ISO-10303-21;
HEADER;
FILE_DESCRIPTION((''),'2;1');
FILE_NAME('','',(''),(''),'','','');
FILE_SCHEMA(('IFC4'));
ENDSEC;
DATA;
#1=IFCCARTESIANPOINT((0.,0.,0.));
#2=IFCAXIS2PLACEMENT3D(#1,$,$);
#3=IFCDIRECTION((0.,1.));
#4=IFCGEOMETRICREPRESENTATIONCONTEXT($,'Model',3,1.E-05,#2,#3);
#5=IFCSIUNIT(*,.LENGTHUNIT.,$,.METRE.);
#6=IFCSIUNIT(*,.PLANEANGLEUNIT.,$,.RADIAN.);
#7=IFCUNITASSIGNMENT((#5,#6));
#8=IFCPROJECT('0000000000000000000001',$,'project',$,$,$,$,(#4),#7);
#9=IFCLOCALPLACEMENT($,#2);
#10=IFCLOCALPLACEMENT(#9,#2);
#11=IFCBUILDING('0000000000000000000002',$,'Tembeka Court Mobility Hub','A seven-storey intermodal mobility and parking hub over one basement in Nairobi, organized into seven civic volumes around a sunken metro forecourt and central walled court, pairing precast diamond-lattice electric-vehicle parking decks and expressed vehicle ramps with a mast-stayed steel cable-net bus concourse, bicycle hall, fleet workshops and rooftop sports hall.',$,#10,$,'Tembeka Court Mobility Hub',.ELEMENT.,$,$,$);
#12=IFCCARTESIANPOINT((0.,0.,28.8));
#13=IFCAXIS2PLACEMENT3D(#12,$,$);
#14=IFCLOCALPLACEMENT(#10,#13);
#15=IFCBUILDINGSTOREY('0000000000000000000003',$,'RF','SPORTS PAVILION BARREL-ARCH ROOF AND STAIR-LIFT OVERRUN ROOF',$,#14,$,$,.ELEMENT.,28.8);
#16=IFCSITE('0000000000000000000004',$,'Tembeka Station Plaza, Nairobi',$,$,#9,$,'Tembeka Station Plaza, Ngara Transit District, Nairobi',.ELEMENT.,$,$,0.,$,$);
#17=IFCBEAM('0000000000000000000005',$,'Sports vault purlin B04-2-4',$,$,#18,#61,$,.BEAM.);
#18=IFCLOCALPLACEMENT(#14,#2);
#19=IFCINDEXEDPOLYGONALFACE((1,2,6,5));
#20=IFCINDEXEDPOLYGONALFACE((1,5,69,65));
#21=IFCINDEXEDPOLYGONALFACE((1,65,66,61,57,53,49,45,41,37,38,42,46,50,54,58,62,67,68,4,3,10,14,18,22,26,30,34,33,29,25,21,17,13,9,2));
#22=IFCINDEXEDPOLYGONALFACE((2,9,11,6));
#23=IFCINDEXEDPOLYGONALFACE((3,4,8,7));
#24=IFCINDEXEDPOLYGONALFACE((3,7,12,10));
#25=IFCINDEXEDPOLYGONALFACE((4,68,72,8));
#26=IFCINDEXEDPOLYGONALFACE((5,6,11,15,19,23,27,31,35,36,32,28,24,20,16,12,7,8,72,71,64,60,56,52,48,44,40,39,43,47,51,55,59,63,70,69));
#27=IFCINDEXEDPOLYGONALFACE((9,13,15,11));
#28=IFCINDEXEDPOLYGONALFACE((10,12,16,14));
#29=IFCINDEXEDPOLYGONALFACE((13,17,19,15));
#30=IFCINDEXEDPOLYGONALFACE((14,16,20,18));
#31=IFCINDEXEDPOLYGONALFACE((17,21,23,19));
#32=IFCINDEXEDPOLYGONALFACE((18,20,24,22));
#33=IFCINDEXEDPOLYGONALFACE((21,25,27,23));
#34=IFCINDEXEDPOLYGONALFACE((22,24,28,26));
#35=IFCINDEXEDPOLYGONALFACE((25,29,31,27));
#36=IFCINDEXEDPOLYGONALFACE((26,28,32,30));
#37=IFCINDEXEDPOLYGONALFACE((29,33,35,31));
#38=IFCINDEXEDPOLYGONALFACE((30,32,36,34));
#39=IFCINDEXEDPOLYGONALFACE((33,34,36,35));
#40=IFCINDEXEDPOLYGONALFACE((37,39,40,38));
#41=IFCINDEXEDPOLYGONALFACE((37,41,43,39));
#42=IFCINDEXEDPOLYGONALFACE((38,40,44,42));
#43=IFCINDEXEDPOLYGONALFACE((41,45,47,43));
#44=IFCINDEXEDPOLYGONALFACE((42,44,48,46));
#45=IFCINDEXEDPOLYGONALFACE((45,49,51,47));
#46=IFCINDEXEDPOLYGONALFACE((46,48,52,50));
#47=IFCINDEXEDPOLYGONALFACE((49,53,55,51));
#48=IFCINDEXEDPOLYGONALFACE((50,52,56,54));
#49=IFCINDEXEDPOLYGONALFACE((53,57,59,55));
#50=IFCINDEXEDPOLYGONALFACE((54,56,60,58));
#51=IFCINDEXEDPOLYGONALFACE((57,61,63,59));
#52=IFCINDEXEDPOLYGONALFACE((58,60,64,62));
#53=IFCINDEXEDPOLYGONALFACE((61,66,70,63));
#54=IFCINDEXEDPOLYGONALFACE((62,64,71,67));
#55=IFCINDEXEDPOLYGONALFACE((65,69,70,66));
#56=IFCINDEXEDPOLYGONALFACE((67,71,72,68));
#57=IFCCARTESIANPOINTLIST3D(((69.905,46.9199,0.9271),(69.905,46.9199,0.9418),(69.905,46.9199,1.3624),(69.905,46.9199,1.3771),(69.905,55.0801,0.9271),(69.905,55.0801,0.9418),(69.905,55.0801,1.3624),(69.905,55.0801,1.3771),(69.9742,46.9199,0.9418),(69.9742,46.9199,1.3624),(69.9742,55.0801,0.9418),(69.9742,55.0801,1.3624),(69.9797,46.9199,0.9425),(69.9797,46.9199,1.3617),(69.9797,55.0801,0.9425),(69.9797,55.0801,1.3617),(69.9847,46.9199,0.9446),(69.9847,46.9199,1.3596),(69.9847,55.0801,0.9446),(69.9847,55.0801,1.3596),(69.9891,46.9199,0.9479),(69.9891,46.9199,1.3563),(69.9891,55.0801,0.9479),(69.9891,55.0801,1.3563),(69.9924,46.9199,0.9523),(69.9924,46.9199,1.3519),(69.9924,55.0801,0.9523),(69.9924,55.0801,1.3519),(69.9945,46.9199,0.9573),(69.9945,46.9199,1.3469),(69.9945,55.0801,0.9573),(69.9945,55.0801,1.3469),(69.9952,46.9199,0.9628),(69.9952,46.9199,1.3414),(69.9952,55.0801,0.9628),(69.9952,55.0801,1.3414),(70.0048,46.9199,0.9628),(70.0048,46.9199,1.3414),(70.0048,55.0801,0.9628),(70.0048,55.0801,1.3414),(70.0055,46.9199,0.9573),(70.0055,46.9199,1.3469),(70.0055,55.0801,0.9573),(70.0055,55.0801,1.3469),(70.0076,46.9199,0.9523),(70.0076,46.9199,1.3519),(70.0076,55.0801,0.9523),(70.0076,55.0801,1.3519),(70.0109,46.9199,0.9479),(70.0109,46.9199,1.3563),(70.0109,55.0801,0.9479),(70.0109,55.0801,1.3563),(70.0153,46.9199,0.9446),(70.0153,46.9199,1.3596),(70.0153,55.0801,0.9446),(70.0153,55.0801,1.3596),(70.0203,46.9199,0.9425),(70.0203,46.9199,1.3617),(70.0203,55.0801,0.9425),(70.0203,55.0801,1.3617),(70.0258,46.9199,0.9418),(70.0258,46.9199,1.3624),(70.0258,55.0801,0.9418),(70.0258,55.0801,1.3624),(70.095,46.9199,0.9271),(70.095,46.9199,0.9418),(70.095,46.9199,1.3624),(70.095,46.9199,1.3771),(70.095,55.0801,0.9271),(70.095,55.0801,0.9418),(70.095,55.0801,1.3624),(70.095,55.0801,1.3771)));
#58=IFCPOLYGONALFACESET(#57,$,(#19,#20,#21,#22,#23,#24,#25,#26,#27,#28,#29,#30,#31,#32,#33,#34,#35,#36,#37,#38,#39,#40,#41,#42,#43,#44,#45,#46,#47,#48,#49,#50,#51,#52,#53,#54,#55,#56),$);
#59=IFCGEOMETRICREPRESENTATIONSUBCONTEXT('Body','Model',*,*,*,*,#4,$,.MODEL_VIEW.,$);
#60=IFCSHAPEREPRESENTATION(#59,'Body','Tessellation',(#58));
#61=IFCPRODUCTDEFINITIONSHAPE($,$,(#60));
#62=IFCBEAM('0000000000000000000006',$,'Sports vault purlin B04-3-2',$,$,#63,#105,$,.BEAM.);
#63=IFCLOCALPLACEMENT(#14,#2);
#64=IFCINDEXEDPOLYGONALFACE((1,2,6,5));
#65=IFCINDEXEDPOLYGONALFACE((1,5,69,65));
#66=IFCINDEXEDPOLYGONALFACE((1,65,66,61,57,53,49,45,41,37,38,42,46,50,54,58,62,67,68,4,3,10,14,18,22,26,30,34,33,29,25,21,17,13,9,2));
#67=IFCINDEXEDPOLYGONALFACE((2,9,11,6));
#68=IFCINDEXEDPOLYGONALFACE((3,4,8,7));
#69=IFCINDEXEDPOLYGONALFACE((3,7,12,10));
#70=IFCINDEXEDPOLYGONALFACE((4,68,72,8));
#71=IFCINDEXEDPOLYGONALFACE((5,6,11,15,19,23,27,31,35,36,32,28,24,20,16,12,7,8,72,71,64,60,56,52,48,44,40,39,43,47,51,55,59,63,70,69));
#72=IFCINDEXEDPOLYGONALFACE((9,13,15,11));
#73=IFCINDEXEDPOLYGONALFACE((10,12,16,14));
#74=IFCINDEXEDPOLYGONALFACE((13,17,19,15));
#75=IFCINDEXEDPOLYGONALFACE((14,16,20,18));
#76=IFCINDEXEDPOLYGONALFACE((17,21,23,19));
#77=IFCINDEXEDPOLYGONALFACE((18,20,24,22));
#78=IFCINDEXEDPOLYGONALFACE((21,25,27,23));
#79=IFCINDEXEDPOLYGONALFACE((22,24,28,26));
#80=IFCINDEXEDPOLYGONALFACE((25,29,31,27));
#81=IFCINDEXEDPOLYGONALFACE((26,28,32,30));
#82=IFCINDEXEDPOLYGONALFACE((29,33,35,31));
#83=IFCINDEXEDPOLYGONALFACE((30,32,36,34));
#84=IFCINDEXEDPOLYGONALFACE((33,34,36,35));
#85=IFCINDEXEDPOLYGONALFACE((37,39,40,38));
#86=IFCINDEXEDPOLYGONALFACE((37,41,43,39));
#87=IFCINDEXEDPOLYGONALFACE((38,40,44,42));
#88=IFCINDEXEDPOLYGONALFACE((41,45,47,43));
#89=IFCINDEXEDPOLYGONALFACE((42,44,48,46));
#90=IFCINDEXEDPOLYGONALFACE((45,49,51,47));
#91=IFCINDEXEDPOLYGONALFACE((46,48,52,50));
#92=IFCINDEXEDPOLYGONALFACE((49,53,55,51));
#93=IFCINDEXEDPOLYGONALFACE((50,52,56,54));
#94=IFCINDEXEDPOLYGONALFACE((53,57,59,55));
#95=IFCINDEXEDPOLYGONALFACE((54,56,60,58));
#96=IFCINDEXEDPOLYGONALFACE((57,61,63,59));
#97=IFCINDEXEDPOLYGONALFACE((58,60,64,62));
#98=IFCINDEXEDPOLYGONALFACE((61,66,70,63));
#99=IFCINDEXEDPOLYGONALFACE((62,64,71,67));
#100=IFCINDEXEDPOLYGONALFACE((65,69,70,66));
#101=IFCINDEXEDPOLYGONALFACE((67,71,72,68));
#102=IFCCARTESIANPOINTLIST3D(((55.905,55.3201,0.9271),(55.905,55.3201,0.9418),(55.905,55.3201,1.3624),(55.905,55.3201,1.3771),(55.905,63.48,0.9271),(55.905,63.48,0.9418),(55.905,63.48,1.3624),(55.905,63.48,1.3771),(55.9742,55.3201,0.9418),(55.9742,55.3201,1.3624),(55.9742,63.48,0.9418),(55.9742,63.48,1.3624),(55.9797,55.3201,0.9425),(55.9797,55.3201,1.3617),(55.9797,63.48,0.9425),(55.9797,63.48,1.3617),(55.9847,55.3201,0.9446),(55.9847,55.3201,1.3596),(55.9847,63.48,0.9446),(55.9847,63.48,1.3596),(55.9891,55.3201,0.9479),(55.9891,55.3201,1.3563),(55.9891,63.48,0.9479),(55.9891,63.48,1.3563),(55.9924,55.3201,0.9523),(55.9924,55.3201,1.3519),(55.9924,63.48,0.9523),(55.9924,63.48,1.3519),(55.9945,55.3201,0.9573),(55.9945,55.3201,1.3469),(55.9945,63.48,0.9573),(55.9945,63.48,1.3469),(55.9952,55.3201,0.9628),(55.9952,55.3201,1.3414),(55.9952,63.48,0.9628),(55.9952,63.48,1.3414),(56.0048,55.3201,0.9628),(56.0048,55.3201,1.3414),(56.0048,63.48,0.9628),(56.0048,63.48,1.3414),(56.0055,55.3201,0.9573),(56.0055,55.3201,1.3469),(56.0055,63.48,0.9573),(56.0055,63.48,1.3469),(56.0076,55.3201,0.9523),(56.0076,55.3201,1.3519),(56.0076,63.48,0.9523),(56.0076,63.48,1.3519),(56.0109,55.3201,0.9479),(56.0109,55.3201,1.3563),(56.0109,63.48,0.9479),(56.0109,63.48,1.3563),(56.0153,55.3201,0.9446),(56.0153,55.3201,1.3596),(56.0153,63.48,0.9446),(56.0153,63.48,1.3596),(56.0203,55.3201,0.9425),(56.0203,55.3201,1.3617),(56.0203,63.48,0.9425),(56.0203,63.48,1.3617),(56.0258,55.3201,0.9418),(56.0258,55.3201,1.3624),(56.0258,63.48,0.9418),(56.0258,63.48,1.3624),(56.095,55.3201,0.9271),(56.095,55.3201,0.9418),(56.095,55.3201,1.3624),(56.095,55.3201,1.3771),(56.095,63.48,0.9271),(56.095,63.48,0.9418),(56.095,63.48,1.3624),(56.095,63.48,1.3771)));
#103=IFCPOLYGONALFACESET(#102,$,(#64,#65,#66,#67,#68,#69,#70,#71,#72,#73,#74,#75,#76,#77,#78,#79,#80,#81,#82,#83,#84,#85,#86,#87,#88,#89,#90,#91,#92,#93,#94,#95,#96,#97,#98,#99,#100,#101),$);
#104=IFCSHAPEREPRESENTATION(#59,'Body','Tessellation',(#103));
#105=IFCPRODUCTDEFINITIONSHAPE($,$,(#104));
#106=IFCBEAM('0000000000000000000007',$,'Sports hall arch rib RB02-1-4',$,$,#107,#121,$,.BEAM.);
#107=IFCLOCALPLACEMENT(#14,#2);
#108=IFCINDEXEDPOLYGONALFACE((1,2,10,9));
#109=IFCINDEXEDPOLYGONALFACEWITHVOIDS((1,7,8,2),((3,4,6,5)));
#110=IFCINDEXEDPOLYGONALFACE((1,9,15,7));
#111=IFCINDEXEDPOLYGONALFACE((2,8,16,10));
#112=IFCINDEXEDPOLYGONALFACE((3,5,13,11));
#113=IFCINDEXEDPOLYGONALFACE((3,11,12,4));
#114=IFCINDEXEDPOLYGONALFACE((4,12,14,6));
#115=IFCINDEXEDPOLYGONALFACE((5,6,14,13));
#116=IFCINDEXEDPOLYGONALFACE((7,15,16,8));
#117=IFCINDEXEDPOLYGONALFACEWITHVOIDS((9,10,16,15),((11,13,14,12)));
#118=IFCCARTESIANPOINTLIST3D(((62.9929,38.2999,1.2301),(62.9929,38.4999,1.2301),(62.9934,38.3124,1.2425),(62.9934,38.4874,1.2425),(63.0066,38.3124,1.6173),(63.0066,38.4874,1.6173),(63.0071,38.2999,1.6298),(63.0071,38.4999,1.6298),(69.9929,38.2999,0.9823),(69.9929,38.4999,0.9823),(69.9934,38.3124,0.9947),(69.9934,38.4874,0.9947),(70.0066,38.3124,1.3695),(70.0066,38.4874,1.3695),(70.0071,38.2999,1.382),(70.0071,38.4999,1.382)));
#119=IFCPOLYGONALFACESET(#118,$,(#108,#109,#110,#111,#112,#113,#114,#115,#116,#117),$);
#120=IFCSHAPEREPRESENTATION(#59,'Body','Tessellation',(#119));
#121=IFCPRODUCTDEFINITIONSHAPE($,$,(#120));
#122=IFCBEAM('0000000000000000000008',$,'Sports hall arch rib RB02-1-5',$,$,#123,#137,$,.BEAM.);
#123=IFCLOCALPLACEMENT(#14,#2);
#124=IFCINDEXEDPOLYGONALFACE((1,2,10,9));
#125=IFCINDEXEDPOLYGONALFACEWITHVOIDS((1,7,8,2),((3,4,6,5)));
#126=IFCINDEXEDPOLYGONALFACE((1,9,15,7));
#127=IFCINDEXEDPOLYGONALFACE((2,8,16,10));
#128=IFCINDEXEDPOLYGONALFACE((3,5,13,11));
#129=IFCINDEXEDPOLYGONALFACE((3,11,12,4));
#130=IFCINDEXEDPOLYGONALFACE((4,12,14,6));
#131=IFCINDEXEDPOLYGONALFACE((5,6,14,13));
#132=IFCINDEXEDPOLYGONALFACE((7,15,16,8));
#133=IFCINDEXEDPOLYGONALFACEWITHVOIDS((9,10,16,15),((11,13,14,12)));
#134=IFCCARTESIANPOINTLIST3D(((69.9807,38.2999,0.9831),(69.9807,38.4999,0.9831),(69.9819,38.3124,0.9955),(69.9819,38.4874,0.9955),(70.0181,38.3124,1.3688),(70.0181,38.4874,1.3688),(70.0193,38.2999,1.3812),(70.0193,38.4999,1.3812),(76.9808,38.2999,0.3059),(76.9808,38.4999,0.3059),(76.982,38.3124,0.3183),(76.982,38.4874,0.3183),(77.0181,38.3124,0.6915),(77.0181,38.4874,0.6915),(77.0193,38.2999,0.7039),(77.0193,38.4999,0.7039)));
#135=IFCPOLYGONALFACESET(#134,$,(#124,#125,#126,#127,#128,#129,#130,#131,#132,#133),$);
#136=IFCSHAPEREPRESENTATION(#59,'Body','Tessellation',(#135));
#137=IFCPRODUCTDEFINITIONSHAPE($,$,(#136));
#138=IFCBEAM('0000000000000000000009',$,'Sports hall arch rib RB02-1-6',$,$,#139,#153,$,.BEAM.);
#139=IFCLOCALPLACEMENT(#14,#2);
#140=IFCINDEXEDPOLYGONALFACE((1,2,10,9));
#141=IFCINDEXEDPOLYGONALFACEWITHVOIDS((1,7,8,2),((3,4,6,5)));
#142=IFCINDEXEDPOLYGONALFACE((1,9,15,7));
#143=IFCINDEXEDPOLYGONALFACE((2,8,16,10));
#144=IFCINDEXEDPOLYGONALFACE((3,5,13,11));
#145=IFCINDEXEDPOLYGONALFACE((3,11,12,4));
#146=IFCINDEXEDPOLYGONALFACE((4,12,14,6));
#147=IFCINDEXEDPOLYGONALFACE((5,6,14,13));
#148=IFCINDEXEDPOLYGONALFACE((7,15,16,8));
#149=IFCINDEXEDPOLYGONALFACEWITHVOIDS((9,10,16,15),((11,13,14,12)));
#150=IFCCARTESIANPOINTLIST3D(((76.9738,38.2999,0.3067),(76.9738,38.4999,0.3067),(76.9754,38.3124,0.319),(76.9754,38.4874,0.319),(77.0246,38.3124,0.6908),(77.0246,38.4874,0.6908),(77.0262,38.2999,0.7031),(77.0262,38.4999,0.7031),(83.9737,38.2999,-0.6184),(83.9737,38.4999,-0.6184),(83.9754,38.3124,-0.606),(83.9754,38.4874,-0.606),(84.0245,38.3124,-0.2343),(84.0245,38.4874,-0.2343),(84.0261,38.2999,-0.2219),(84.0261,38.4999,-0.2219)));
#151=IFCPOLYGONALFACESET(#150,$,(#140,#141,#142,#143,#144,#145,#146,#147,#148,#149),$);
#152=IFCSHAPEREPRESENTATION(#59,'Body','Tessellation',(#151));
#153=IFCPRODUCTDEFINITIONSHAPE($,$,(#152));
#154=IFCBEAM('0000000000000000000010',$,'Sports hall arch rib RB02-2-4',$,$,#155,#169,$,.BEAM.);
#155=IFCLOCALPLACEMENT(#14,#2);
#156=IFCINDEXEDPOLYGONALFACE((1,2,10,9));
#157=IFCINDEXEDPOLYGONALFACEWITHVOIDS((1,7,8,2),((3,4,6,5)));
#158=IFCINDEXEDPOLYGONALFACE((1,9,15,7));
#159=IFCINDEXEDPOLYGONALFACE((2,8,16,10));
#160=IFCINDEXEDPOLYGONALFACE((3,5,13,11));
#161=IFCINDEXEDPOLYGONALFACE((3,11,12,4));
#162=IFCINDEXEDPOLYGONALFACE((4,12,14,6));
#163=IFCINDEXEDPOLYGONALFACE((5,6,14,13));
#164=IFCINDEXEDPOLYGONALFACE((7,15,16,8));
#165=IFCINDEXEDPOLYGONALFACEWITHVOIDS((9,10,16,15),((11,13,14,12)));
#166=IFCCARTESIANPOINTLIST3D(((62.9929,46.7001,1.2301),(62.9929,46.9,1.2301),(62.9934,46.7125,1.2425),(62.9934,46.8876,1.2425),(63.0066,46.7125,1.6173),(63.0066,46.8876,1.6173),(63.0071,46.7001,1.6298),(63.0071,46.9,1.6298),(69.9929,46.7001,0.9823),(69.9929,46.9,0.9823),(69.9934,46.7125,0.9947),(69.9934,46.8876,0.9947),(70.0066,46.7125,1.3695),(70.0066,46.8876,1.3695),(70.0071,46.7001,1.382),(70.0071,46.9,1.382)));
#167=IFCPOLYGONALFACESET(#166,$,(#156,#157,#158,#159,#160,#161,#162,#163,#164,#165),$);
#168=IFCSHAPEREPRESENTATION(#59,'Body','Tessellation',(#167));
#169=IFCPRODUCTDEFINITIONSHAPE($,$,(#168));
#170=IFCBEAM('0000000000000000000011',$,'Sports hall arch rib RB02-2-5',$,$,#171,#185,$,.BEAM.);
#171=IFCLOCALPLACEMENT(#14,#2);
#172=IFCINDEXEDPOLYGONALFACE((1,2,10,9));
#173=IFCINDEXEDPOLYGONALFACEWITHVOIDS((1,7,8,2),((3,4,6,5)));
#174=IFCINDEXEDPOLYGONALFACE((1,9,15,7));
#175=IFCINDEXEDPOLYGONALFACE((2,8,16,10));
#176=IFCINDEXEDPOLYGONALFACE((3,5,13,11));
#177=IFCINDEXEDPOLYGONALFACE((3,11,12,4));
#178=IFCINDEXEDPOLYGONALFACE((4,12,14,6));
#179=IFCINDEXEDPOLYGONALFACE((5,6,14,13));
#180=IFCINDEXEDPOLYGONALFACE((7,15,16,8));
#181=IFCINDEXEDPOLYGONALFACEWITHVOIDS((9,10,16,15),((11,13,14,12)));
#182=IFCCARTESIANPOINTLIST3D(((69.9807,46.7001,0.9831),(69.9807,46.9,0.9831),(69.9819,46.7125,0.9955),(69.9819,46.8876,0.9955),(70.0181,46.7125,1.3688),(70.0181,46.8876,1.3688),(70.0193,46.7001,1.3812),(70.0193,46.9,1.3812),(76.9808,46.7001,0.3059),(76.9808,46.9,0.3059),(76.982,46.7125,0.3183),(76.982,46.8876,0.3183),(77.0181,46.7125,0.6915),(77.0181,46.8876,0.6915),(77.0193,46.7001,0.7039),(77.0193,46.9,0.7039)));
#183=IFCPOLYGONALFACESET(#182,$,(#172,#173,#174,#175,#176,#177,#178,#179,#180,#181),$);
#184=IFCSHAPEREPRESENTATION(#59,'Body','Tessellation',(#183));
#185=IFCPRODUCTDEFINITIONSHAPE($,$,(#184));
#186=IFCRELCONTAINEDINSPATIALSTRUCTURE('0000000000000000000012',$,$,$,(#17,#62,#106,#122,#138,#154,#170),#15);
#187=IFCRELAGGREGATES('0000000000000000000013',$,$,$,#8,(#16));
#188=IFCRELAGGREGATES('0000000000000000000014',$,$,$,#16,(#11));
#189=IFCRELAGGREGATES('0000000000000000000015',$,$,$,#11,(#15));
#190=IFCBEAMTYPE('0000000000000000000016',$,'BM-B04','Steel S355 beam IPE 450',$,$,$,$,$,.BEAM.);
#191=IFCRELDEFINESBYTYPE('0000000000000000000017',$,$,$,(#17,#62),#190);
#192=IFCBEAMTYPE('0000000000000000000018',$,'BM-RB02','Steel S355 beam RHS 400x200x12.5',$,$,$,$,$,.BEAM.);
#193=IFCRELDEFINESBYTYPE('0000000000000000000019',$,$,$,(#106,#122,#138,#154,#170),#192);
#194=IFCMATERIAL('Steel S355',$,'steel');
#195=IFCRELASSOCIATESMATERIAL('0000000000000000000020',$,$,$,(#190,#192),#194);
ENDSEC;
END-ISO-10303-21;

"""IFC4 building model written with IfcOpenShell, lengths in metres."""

from ifc_helpers import new_model, si_unit, direction, frame, origin, origin_2d, place, context, subcontext, project, spatial, hollow_rectangle, i_section, extrude, material, material_profile, profile_set, type_object, element, save


model = new_model("IFC4")

# Units and contexts
model_context = context("Model", 3, precision=1e-05, world=origin(), true_north=direction((0.0, 1.0)))
body_context = subcontext(model_context, "Body", "Model", "MODEL_VIEW")
ifc_project = project(units=[si_unit("LENGTHUNIT", "METRE"), si_unit("PLANEANGLEUNIT", "RADIAN")], contexts=[model_context])

# Site, building, storey
site_placement = place(None, origin())
site = spatial("IfcSite", under=ifc_project, at=site_placement, Name="Tembeka Station Plaza, Nairobi", LongName="Tembeka Station Plaza, Ngara Transit District, Nairobi", CompositionType="ELEMENT", RefElevation=0.0)
building_placement = place(site_placement, origin())
building = spatial("IfcBuilding", under=site, at=building_placement, Name="Tembeka Court Mobility Hub", Description="A seven-storey intermodal mobility and parking hub over one basement in Nairobi, organized into seven civic volumes around a sunken metro forecourt and central walled court, pairing precast diamond-lattice electric-vehicle parking decks and expressed vehicle ramps with a mast-stayed steel cable-net bus concourse, bicycle hall, fleet workshops and rooftop sports hall.", LongName="Tembeka Court Mobility Hub", CompositionType="ELEMENT")
storey_placement = place(building_placement, frame((0.0, 0.0, 28.8)))
storey = spatial("IfcBuildingStorey", under=building, at=storey_placement, Name="RF", Description="SPORTS PAVILION BARREL-ARCH ROOF AND STAIR-LIFT OVERRUN ROOF", CompositionType="ELEMENT", Elevation=28.8)

# Beams
ifc_material_1 = material(Name="Steel S355", Category="steel")
ifc_material_profile_1 = material_profile(ifc_material_1, i_section(OverallWidth=0.1899, OverallDepth=0.45, WebThickness=0.0095, FlangeThickness=0.0146, FilletRadius=0.021, at=origin_2d()), Name="IPE 450")
ifc_profile_set_1 = profile_set([ifc_material_profile_1], Name="Steel S355")
beam_type_1 = type_object("IfcBeamType", Name="BM-B04", Description="Steel S355 beam IPE 450", PredefinedType="BEAM", material=ifc_profile_set_1)
for number, where, z_axis, x_axis, name in (
    (1, (70.0, 46.9199, 1.1521), (0.0, 1.0, 0.0), (-1.0, 0.0, 0.0), "Sports vault purlin B04-2-4"),
):
    element("IfcBeam", number, at=place(storey_placement, frame(where, z_axis=z_axis, x_axis=x_axis)), inside=storey, type_object=beam_type_1, Name=name, PredefinedType="BEAM", context=body_context, shape_type="SweptSolid", body=[
        extrude(i_section(OverallWidth=0.1899, OverallDepth=0.45, WebThickness=0.0095, FlangeThickness=0.0146, FilletRadius=0.021, at=origin_2d()), origin(), (0.0, 0.0, 1.0), 8.1602),
    ])
beam_1_placement = place(storey_placement, frame((56.0, 55.3201, 1.1521), z_axis=(0.0, 1.0, 0.0), x_axis=(-1.0, 0.0, 0.0)))
element("IfcBeam", 2, at=beam_1_placement, inside=storey, type_object=beam_type_1, Name="Sports vault purlin B04-3-2", PredefinedType="BEAM", context=body_context, shape_type="SweptSolid", body=[
    extrude(i_section(OverallWidth=0.1899, OverallDepth=0.45, WebThickness=0.0095, FlangeThickness=0.0146, FilletRadius=0.021, at=origin_2d()), origin(), (0.0, 0.0, 1.0), 8.1599),
])
ifc_material_profile_2 = material_profile(ifc_material_1, hollow_rectangle(XDim=0.2, YDim=0.3999, WallThickness=0.0125, at=origin_2d()), Name="RHS 400x200x12.5")
ifc_profile_set_2 = profile_set([ifc_material_profile_2], Name="Steel S355")
beam_type_2 = type_object("IfcBeamType", Name="BM-RB02", Description="Steel S355 beam RHS 400x200x12.5", PredefinedType="BEAM", material=ifc_profile_set_2)
beam_2_placement = place(storey_placement, frame((63.0, 38.3999, 1.4299), z_axis=(0.999374, 0.0, -0.035378), x_axis=(0.0, 1.0, 0.0)))
element("IfcBeam", 3, at=beam_2_placement, inside=storey, type_object=beam_type_2, Name="Sports hall arch rib RB02-1-4", PredefinedType="BEAM", context=body_context, shape_type="SweptSolid", body=[
    extrude(hollow_rectangle(XDim=0.2, YDim=0.3999, WallThickness=0.0125, at=origin_2d()), origin(), (0.0, 0.0, 1.0), 7.0044),
])
beam_3_placement = place(storey_placement, frame((70.0, 38.3999, 1.1821), z_axis=(0.995352, 0.0, -0.0963), x_axis=(0.0, 1.0, 0.0)))
element("IfcBeam", 4, at=beam_3_placement, inside=storey, type_object=beam_type_2, Name="Sports hall arch rib RB02-1-5", PredefinedType="BEAM", context=body_context, shape_type="SweptSolid", body=[
    extrude(hollow_rectangle(XDim=0.2, YDim=0.3999, WallThickness=0.0125, at=origin_2d()), origin(), (0.0, 0.0, 1.0), 7.0327),
])
beam_4_placement = place(storey_placement, frame((77.0, 38.3999, 0.5049), z_axis=(0.991381, 0.0, -0.131011), x_axis=(0.0, 1.0, 0.0)))
element("IfcBeam", 5, at=beam_4_placement, inside=storey, type_object=beam_type_2, Name="Sports hall arch rib RB02-1-6", PredefinedType="BEAM", context=body_context, shape_type="SweptSolid", body=[
    extrude(hollow_rectangle(XDim=0.2, YDim=0.3999, WallThickness=0.0125, at=origin_2d()), origin(), (0.0, 0.0, 1.0), 7.0608),
])
beam_5_placement = place(storey_placement, frame((63.0, 46.8, 1.4299), z_axis=(0.999374, 0.0, -0.035378), x_axis=(0.0, 1.0, 0.0)))
element("IfcBeam", 6, at=beam_5_placement, inside=storey, type_object=beam_type_2, Name="Sports hall arch rib RB02-2-4", PredefinedType="BEAM", context=body_context, shape_type="SweptSolid", body=[
    extrude(hollow_rectangle(XDim=0.2, YDim=0.3999, WallThickness=0.0125, at=origin_2d()), origin(), (0.0, 0.0, 1.0), 7.0044),
])
beam_6_placement = place(storey_placement, frame((70.0, 46.8, 1.1821), z_axis=(0.995352, 0.0, -0.0963), x_axis=(0.0, 1.0, 0.0)))
element("IfcBeam", 7, at=beam_6_placement, inside=storey, type_object=beam_type_2, Name="Sports hall arch rib RB02-2-5", PredefinedType="BEAM", context=body_context, shape_type="SweptSolid", body=[
    extrude(hollow_rectangle(XDim=0.2, YDim=0.3999, WallThickness=0.0125, at=origin_2d()), origin(), (0.0, 0.0, 1.0), 7.0327),
])

save(model, "model.ifc")
